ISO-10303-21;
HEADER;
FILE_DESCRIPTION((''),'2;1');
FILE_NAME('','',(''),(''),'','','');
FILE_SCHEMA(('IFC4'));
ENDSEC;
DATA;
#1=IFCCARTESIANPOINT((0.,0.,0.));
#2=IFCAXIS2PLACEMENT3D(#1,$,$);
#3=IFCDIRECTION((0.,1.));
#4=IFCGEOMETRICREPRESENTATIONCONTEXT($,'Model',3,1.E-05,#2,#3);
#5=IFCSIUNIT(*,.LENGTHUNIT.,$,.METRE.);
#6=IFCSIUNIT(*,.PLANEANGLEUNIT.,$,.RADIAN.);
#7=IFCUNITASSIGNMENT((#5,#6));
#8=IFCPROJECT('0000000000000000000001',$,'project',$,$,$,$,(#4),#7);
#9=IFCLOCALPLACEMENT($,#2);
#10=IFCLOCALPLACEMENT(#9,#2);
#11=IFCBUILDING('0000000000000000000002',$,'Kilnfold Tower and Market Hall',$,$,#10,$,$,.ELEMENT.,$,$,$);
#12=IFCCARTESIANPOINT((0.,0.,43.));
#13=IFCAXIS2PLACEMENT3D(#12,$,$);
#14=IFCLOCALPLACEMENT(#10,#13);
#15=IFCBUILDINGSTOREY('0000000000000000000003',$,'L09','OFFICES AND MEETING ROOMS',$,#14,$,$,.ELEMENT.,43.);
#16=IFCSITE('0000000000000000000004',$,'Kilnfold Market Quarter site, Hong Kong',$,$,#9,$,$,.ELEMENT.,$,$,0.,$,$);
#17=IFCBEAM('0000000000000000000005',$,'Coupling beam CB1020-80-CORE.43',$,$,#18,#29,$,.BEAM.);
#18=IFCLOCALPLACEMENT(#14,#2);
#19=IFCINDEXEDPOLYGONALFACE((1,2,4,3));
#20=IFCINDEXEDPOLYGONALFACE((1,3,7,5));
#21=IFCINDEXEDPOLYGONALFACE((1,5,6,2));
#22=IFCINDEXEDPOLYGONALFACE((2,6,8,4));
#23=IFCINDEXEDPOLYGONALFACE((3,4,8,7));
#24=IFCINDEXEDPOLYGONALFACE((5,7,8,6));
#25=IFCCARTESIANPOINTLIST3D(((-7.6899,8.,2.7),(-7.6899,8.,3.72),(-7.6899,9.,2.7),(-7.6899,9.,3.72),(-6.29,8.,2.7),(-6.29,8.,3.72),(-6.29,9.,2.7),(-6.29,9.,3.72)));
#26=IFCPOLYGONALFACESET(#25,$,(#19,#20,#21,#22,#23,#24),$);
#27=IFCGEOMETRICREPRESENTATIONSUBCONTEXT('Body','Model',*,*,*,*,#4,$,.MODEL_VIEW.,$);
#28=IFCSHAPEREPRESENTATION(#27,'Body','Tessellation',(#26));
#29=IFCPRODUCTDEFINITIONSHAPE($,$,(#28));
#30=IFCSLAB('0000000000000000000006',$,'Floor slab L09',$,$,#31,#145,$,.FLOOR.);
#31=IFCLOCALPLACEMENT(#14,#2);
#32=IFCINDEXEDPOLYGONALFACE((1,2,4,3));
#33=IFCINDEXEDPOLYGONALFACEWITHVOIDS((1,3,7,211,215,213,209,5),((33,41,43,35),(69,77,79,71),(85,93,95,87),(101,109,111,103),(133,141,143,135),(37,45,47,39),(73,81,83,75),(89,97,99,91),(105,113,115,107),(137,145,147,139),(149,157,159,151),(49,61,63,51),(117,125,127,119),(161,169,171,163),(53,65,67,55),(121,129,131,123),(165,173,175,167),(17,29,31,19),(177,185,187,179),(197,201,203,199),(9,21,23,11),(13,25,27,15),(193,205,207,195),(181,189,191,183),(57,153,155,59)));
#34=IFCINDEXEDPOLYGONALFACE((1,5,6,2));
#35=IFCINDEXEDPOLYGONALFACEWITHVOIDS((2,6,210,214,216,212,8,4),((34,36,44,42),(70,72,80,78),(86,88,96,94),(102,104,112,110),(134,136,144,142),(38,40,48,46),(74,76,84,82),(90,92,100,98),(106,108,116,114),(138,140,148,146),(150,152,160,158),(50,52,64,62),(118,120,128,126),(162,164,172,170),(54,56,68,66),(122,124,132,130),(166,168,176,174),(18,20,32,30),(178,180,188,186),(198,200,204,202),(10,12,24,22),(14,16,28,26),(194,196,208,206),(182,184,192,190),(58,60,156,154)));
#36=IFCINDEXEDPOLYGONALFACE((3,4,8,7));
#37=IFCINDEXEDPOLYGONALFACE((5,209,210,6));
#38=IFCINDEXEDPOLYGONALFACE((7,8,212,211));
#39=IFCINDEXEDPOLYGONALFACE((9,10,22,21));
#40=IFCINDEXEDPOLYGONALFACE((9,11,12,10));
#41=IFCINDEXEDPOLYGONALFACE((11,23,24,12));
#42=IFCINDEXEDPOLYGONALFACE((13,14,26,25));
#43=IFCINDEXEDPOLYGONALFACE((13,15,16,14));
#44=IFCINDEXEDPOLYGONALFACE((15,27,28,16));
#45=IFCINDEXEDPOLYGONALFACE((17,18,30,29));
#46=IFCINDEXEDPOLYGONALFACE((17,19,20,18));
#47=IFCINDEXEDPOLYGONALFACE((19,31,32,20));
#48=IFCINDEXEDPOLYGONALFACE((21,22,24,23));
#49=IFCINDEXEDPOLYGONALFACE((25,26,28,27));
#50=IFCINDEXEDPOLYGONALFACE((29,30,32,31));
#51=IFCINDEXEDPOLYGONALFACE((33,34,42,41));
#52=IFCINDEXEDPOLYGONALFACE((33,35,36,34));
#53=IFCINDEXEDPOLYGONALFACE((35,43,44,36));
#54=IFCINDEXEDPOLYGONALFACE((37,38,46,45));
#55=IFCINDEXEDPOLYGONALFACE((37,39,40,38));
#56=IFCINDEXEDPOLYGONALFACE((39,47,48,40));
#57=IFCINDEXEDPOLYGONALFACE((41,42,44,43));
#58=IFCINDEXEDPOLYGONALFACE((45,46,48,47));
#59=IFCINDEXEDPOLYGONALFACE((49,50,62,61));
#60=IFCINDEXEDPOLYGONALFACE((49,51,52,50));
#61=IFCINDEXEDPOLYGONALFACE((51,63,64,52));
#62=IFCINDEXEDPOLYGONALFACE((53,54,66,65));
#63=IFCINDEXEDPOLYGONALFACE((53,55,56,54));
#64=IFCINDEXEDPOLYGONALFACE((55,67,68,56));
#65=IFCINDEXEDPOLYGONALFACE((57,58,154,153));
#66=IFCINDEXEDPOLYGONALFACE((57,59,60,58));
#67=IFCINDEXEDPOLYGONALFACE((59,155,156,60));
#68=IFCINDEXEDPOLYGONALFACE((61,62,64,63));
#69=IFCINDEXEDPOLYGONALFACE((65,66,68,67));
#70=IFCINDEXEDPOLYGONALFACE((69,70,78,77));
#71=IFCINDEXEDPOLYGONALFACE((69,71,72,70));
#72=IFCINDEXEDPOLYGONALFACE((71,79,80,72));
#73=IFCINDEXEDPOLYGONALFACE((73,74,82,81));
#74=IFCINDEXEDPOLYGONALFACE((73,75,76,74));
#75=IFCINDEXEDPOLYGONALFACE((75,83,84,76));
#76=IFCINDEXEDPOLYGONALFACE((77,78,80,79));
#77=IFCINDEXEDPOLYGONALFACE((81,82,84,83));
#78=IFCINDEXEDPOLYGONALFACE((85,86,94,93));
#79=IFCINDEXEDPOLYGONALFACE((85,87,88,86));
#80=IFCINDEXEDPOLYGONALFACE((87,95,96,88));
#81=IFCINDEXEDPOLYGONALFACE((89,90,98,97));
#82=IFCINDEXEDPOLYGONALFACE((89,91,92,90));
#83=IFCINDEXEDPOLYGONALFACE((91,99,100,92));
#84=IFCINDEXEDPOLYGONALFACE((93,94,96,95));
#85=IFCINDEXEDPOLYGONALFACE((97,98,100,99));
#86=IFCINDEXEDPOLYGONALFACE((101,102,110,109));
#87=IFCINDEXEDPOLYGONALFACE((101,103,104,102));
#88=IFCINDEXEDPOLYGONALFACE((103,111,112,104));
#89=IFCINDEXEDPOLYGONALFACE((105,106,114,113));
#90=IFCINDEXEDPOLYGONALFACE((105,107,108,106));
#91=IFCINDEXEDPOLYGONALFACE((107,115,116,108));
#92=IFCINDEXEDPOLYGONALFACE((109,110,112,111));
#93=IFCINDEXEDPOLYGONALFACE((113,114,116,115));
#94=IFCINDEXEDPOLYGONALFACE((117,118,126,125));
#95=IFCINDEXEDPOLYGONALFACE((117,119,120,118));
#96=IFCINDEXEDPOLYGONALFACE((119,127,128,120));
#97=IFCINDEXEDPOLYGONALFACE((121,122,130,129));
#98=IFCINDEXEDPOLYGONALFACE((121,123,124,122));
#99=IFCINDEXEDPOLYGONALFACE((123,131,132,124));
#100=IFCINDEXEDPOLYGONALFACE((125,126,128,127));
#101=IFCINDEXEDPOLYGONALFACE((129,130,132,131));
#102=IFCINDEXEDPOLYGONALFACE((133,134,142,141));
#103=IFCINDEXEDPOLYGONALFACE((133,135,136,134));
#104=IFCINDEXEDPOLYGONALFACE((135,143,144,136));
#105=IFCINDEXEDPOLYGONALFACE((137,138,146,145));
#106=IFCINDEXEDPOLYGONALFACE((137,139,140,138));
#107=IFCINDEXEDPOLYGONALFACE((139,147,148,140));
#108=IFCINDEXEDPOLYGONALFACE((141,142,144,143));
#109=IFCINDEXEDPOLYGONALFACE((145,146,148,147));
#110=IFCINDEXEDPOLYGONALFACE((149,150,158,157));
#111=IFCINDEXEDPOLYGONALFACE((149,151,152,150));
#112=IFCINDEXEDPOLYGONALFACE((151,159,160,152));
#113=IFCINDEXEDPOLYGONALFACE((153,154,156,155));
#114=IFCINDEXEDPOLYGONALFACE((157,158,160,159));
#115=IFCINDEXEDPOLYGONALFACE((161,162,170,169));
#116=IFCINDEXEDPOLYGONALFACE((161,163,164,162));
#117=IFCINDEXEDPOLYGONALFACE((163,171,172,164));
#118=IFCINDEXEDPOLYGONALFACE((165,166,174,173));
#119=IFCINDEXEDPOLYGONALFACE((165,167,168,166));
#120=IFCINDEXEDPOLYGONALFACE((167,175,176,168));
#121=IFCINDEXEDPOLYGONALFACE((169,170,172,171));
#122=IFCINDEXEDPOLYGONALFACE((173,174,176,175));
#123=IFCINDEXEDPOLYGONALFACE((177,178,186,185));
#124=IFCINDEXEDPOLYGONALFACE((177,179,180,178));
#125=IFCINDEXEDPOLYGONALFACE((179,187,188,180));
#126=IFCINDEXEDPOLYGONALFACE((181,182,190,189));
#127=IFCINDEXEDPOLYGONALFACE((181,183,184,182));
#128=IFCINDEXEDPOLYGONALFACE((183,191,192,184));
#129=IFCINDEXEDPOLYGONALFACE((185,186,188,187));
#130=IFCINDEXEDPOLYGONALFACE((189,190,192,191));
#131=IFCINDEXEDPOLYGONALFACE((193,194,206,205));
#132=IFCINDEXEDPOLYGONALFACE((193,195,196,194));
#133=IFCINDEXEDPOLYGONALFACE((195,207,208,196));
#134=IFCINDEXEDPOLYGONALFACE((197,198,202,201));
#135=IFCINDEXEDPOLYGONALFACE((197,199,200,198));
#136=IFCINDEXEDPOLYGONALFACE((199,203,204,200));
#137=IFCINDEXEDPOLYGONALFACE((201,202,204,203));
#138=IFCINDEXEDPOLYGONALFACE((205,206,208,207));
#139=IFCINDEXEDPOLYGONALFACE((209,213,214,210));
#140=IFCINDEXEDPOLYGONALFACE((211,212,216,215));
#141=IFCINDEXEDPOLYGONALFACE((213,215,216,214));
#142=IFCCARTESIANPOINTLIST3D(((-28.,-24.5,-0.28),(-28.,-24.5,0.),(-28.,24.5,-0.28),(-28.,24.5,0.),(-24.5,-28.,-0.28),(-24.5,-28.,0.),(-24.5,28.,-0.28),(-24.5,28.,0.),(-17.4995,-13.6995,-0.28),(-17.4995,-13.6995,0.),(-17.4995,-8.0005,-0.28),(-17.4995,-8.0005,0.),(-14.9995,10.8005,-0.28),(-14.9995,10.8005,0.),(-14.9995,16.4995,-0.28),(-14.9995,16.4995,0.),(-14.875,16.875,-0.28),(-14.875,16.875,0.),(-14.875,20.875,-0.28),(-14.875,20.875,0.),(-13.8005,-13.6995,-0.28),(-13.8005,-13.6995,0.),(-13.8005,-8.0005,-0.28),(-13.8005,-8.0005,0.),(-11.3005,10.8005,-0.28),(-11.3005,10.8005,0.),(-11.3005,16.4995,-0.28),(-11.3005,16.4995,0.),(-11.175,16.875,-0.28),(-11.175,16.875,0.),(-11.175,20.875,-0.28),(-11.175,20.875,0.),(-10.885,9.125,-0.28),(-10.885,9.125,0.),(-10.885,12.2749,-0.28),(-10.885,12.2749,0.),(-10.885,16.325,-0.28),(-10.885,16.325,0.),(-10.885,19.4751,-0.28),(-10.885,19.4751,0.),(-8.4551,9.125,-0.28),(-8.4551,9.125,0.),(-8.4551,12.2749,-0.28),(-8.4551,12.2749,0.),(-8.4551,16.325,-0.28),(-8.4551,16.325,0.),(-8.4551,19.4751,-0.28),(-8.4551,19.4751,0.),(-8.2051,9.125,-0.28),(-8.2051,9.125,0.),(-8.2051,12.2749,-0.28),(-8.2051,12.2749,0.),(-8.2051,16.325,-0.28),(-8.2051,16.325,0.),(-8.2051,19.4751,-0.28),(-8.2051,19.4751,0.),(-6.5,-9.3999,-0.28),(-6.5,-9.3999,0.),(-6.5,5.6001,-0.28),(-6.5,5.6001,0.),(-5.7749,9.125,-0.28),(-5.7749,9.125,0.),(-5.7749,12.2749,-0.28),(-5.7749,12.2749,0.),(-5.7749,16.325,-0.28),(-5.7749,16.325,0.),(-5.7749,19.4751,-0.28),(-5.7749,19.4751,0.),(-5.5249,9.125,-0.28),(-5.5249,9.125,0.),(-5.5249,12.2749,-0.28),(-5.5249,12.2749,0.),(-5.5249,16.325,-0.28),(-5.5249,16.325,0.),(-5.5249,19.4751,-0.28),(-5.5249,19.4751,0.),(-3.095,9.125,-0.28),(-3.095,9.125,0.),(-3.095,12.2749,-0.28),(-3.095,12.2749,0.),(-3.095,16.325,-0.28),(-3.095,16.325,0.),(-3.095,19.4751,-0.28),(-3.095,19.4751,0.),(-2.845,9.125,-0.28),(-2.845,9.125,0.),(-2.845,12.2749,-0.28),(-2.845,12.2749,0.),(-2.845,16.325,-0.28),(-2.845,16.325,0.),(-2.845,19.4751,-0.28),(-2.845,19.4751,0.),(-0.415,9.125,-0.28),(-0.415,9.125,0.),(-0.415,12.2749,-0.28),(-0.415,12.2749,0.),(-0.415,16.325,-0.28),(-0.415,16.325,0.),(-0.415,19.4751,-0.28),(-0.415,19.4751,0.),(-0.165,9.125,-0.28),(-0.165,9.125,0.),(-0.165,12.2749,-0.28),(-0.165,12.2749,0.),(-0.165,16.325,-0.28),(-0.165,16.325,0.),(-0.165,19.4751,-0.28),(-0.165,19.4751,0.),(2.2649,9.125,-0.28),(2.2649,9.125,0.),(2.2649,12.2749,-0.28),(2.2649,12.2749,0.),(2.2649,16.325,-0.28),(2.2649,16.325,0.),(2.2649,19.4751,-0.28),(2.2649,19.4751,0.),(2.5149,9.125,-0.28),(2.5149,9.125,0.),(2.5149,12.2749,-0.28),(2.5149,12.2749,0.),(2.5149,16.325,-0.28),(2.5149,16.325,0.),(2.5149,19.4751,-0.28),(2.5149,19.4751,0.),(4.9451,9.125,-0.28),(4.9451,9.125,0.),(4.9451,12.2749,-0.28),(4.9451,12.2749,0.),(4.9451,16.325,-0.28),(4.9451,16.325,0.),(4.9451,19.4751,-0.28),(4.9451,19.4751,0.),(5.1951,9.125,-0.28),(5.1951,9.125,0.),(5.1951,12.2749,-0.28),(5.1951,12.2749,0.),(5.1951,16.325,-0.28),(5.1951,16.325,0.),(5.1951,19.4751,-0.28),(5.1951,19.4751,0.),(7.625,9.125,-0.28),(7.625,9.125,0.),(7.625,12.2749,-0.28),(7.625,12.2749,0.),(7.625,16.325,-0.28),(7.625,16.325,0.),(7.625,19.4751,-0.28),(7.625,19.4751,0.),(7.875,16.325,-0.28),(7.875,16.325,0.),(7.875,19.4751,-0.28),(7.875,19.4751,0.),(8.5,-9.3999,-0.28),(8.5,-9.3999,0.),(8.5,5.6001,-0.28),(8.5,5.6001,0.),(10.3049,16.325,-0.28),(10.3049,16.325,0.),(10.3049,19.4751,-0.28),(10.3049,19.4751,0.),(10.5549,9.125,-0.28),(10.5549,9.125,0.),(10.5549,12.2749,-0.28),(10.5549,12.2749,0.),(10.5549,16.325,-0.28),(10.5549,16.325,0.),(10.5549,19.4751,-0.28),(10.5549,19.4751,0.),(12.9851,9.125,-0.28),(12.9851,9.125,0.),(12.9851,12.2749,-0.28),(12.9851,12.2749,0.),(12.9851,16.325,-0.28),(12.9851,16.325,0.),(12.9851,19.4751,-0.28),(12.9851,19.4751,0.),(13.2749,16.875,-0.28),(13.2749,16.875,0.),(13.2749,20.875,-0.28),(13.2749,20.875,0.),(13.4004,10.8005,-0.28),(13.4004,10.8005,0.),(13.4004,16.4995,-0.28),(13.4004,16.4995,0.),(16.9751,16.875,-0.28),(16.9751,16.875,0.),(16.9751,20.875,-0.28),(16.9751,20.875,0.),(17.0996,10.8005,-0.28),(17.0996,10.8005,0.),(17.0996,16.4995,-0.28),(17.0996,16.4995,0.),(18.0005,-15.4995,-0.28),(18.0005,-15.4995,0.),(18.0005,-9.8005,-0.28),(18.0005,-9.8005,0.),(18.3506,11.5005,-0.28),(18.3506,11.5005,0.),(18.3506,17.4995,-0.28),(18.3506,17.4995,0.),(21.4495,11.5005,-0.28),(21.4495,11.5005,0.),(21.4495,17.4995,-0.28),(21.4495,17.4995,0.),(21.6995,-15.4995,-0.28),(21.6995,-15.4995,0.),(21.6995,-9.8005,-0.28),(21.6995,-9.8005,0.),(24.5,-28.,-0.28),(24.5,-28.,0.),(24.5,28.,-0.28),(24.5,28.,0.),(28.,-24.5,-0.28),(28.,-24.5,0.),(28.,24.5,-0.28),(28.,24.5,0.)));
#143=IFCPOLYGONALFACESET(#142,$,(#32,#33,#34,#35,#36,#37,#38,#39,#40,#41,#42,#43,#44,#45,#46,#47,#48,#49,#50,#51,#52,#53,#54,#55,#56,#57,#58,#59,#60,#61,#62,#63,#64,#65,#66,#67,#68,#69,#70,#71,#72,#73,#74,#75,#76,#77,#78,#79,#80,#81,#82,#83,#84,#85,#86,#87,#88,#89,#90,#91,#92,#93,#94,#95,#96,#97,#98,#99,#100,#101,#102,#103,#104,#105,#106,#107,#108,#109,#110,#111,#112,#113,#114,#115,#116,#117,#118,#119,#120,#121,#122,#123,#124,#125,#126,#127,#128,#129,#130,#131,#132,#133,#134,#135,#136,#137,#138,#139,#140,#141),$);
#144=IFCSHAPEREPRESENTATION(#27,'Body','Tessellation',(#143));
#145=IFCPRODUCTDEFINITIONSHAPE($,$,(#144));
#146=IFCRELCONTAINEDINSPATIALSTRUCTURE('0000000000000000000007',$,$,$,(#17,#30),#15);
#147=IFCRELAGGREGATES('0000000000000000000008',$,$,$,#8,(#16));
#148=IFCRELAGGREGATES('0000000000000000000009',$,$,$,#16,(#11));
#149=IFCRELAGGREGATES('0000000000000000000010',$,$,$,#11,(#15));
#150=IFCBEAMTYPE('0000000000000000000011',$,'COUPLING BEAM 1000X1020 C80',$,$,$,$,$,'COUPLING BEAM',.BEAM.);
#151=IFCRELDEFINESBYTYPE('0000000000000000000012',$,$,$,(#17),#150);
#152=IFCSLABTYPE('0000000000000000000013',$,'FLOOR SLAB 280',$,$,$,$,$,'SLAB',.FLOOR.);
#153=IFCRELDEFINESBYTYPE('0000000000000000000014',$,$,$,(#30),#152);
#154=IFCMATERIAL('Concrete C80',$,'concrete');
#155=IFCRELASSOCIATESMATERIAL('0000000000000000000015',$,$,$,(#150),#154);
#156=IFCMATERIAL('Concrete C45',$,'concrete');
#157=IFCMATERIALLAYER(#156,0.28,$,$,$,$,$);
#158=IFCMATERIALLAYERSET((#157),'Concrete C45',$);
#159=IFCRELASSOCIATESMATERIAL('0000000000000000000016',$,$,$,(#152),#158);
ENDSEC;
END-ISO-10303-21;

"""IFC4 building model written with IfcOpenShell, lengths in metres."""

from ifc_helpers import new_model, si_unit, direction, frame, origin, origin_2d, place, context, subcontext, project, spatial, polyline, rectangle, outline, extrude, source, transform, mapped, material, layer, layer_set, material_profile, profile_set, type_object, element, save


model = new_model("IFC4")

# Units and contexts
model_context = context("Model", 3, precision=1e-05, world=origin(), true_north=direction((0.0, 1.0)))
body_context = subcontext(model_context, "Body", "Model", "MODEL_VIEW")
ifc_project = project(units=[si_unit("LENGTHUNIT", "METRE"), si_unit("PLANEANGLEUNIT", "RADIAN")], contexts=[model_context])

# Site, building, storey
site_placement = place(None, origin())
site = spatial("IfcSite", under=ifc_project, at=site_placement, Name="Kilnfold Market Quarter site, Hong Kong", CompositionType="ELEMENT", RefElevation=0.0)
building_placement = place(site_placement, origin())
building = spatial("IfcBuilding", under=site, at=building_placement, Name="Kilnfold Tower and Market Hall", CompositionType="ELEMENT")
storey_placement = place(building_placement, frame((0.0, 0.0, 43.0)))
storey = spatial("IfcBuildingStorey", under=building, at=storey_placement, Name="L09", Description="OFFICES AND MEETING ROOMS", CompositionType="ELEMENT", Elevation=43.0)

# Beam
ifc_material_1 = material(Name="Concrete C80", Category="concrete")
ifc_material_profile = material_profile(ifc_material_1, rectangle(XDim=1.0, YDim=1.02, at=origin_2d()), Name="RC 1000x1020")
ifc_profile_set = profile_set([ifc_material_profile], Name="Concrete C80")
beam_type = type_object("IfcBeamType", Name="COUPLING BEAM 1000X1020 C80", ElementType="COUPLING BEAM", PredefinedType="BEAM", material=ifc_profile_set)
shared_shape_1 = source(origin(), body_context, "Body", "SweptSolid", [
    extrude(rectangle(XDim=1.0, YDim=1.02, at=origin_2d()), origin(), (0.0, 0.0, 1.0), 1.3999),
])
beam_placement = place(storey_placement, frame((-7.6899, 8.5, 3.21), z_axis=(1.0, 0.0, 0.0), x_axis=(0.0, 1.0, 0.0)))
element("IfcBeam", 1, at=beam_placement, inside=storey, type_object=beam_type, Name="Coupling beam CB1020-80-CORE.43", PredefinedType="BEAM", context=body_context, shape_type="MappedRepresentation", body=[
    mapped(shared_shape_1, transform((0.0, 0.0, 0.0))),
])

# Slab
ifc_material_2 = material(Name="Concrete C45", Category="concrete")
ifc_layer_1 = layer(ifc_material_2, 0.28)
ifc_layer_set_1 = layer_set([ifc_layer_1], Name="Concrete C45")
slab_type_1 = type_object("IfcSlabType", Name="FLOOR SLAB 280", ElementType="SLAB", PredefinedType="FLOOR", material=ifc_layer_set_1)
shared_shape_2 = source(origin(), body_context, "Body", "SweptSolid", [
    extrude(outline(polyline([(-24.5, -28.0), (24.5, -28.0), (28.0, -24.5), (28.0, 24.5), (24.5, 28.0), (-24.5, 28.0), (-28.0, 24.5), (-28.0, -24.5), (-24.5, -28.0)]), holes=[polyline([(-13.8005, -13.6995), (-17.4995, -13.6995), (-17.4995, -8.0005), (-13.8005, -8.0005), (-13.8005, -13.6995)]), polyline([(-11.3005, 10.8005), (-14.9995, 10.8005), (-14.9995, 16.4995), (-11.3005, 16.4995), (-11.3005, 10.8005)]), polyline([(-11.175, 16.875), (-14.875, 16.875), (-14.875, 20.875), (-11.175, 20.875), (-11.175, 16.875)]), polyline([(-10.885, 9.125), (-10.885, 12.2749), (-8.4551, 12.2749), (-8.4551, 9.125), (-10.885, 9.125)]), polyline([(-10.885, 16.325), (-10.885, 19.4751), (-8.4551, 19.4751), (-8.4551, 16.325), (-10.885, 16.325)]), polyline([(-5.7749, 9.125), (-8.2051, 9.125), (-8.2051, 12.2749), (-5.7749, 12.2749), (-5.7749, 9.125)]), polyline([(-8.2051, 16.325), (-8.2051, 19.4751), (-5.7749, 19.4751), (-5.7749, 16.325), (-8.2051, 16.325)]), polyline([(-6.5, -9.3999), (-6.5, 5.6001), (8.5, 5.6001), (8.5, -9.3999), (-6.5, -9.3999)]), polyline([(-5.5249, 9.125), (-5.5249, 12.2749), (-3.095, 12.2749), (-3.095, 9.125), (-5.5249, 9.125)]), polyline([(-3.095, 16.325), (-5.5249, 16.325), (-5.5249, 19.4751), (-3.095, 19.4751), (-3.095, 16.325)]), polyline([(-2.845, 9.125), (-2.845, 12.2749), (-0.415, 12.2749), (-0.415, 9.125), (-2.845, 9.125)]), polyline([(-2.845, 16.325), (-2.845, 19.4751), (-0.415, 19.4751), (-0.415, 16.325), (-2.845, 16.325)]), polyline([(-0.165, 9.125), (-0.165, 12.2749), (2.2649, 12.2749), (2.2649, 9.125), (-0.165, 9.125)]), polyline([(-0.165, 16.325), (-0.165, 19.4751), (2.2649, 19.4751), (2.2649, 16.325), (-0.165, 16.325)]), polyline([(4.9451, 9.125), (2.5149, 9.125), (2.5149, 12.2749), (4.9451, 12.2749), (4.9451, 9.125)]), polyline([(2.5149, 16.325), (2.5149, 19.4751), (4.9451, 19.4751), (4.9451, 16.325), (2.5149, 16.325)]), polyline([(5.1951, 9.125), (5.1951, 12.2749), (7.625, 12.2749), (7.625, 9.125), (5.1951, 9.125)]), polyline([(5.1951, 16.325), (5.1951, 19.4751), (7.625, 19.4751), (7.625, 16.325), (5.1951, 16.325)]), polyline([(7.875, 16.325), (7.875, 19.4751), (10.3049, 19.4751), (10.3049, 16.325), (7.875, 16.325)]), polyline([(10.5549, 9.125), (10.5549, 12.2749), (12.9851, 12.2749), (12.9851, 9.125), (10.5549, 9.125)]), polyline([(10.5549, 16.325), (10.5549, 19.4751), (12.9851, 19.4751), (12.9851, 16.325), (10.5549, 16.325)]), polyline([(13.2749, 16.875), (13.2749, 20.875), (16.9751, 20.875), (16.9751, 16.875), (13.2749, 16.875)]), polyline([(17.0996, 10.8005), (13.4004, 10.8005), (13.4004, 16.4995), (17.0996, 16.4995), (17.0996, 10.8005)]), polyline([(21.6995, -9.8005), (21.6995, -15.4995), (18.0005, -15.4995), (18.0005, -9.8005), (21.6995, -9.8005)]), polyline([(18.3506, 11.5005), (18.3506, 17.4995), (21.4495, 17.4995), (21.4495, 11.5005), (18.3506, 11.5005)])]), origin(), (0.0, 0.0, 1.0), 0.28),
])
slab_1_placement = place(storey_placement, frame((0.0, 0.0, -0.28)))
element("IfcSlab", 2, at=slab_1_placement, inside=storey, type_object=slab_type_1, Name="Floor slab L09", PredefinedType="FLOOR", context=body_context, shape_type="MappedRepresentation", body=[
    mapped(shared_shape_2, transform((0.0, 0.0, 0.0))),
])

save(model, "model.ifc")
